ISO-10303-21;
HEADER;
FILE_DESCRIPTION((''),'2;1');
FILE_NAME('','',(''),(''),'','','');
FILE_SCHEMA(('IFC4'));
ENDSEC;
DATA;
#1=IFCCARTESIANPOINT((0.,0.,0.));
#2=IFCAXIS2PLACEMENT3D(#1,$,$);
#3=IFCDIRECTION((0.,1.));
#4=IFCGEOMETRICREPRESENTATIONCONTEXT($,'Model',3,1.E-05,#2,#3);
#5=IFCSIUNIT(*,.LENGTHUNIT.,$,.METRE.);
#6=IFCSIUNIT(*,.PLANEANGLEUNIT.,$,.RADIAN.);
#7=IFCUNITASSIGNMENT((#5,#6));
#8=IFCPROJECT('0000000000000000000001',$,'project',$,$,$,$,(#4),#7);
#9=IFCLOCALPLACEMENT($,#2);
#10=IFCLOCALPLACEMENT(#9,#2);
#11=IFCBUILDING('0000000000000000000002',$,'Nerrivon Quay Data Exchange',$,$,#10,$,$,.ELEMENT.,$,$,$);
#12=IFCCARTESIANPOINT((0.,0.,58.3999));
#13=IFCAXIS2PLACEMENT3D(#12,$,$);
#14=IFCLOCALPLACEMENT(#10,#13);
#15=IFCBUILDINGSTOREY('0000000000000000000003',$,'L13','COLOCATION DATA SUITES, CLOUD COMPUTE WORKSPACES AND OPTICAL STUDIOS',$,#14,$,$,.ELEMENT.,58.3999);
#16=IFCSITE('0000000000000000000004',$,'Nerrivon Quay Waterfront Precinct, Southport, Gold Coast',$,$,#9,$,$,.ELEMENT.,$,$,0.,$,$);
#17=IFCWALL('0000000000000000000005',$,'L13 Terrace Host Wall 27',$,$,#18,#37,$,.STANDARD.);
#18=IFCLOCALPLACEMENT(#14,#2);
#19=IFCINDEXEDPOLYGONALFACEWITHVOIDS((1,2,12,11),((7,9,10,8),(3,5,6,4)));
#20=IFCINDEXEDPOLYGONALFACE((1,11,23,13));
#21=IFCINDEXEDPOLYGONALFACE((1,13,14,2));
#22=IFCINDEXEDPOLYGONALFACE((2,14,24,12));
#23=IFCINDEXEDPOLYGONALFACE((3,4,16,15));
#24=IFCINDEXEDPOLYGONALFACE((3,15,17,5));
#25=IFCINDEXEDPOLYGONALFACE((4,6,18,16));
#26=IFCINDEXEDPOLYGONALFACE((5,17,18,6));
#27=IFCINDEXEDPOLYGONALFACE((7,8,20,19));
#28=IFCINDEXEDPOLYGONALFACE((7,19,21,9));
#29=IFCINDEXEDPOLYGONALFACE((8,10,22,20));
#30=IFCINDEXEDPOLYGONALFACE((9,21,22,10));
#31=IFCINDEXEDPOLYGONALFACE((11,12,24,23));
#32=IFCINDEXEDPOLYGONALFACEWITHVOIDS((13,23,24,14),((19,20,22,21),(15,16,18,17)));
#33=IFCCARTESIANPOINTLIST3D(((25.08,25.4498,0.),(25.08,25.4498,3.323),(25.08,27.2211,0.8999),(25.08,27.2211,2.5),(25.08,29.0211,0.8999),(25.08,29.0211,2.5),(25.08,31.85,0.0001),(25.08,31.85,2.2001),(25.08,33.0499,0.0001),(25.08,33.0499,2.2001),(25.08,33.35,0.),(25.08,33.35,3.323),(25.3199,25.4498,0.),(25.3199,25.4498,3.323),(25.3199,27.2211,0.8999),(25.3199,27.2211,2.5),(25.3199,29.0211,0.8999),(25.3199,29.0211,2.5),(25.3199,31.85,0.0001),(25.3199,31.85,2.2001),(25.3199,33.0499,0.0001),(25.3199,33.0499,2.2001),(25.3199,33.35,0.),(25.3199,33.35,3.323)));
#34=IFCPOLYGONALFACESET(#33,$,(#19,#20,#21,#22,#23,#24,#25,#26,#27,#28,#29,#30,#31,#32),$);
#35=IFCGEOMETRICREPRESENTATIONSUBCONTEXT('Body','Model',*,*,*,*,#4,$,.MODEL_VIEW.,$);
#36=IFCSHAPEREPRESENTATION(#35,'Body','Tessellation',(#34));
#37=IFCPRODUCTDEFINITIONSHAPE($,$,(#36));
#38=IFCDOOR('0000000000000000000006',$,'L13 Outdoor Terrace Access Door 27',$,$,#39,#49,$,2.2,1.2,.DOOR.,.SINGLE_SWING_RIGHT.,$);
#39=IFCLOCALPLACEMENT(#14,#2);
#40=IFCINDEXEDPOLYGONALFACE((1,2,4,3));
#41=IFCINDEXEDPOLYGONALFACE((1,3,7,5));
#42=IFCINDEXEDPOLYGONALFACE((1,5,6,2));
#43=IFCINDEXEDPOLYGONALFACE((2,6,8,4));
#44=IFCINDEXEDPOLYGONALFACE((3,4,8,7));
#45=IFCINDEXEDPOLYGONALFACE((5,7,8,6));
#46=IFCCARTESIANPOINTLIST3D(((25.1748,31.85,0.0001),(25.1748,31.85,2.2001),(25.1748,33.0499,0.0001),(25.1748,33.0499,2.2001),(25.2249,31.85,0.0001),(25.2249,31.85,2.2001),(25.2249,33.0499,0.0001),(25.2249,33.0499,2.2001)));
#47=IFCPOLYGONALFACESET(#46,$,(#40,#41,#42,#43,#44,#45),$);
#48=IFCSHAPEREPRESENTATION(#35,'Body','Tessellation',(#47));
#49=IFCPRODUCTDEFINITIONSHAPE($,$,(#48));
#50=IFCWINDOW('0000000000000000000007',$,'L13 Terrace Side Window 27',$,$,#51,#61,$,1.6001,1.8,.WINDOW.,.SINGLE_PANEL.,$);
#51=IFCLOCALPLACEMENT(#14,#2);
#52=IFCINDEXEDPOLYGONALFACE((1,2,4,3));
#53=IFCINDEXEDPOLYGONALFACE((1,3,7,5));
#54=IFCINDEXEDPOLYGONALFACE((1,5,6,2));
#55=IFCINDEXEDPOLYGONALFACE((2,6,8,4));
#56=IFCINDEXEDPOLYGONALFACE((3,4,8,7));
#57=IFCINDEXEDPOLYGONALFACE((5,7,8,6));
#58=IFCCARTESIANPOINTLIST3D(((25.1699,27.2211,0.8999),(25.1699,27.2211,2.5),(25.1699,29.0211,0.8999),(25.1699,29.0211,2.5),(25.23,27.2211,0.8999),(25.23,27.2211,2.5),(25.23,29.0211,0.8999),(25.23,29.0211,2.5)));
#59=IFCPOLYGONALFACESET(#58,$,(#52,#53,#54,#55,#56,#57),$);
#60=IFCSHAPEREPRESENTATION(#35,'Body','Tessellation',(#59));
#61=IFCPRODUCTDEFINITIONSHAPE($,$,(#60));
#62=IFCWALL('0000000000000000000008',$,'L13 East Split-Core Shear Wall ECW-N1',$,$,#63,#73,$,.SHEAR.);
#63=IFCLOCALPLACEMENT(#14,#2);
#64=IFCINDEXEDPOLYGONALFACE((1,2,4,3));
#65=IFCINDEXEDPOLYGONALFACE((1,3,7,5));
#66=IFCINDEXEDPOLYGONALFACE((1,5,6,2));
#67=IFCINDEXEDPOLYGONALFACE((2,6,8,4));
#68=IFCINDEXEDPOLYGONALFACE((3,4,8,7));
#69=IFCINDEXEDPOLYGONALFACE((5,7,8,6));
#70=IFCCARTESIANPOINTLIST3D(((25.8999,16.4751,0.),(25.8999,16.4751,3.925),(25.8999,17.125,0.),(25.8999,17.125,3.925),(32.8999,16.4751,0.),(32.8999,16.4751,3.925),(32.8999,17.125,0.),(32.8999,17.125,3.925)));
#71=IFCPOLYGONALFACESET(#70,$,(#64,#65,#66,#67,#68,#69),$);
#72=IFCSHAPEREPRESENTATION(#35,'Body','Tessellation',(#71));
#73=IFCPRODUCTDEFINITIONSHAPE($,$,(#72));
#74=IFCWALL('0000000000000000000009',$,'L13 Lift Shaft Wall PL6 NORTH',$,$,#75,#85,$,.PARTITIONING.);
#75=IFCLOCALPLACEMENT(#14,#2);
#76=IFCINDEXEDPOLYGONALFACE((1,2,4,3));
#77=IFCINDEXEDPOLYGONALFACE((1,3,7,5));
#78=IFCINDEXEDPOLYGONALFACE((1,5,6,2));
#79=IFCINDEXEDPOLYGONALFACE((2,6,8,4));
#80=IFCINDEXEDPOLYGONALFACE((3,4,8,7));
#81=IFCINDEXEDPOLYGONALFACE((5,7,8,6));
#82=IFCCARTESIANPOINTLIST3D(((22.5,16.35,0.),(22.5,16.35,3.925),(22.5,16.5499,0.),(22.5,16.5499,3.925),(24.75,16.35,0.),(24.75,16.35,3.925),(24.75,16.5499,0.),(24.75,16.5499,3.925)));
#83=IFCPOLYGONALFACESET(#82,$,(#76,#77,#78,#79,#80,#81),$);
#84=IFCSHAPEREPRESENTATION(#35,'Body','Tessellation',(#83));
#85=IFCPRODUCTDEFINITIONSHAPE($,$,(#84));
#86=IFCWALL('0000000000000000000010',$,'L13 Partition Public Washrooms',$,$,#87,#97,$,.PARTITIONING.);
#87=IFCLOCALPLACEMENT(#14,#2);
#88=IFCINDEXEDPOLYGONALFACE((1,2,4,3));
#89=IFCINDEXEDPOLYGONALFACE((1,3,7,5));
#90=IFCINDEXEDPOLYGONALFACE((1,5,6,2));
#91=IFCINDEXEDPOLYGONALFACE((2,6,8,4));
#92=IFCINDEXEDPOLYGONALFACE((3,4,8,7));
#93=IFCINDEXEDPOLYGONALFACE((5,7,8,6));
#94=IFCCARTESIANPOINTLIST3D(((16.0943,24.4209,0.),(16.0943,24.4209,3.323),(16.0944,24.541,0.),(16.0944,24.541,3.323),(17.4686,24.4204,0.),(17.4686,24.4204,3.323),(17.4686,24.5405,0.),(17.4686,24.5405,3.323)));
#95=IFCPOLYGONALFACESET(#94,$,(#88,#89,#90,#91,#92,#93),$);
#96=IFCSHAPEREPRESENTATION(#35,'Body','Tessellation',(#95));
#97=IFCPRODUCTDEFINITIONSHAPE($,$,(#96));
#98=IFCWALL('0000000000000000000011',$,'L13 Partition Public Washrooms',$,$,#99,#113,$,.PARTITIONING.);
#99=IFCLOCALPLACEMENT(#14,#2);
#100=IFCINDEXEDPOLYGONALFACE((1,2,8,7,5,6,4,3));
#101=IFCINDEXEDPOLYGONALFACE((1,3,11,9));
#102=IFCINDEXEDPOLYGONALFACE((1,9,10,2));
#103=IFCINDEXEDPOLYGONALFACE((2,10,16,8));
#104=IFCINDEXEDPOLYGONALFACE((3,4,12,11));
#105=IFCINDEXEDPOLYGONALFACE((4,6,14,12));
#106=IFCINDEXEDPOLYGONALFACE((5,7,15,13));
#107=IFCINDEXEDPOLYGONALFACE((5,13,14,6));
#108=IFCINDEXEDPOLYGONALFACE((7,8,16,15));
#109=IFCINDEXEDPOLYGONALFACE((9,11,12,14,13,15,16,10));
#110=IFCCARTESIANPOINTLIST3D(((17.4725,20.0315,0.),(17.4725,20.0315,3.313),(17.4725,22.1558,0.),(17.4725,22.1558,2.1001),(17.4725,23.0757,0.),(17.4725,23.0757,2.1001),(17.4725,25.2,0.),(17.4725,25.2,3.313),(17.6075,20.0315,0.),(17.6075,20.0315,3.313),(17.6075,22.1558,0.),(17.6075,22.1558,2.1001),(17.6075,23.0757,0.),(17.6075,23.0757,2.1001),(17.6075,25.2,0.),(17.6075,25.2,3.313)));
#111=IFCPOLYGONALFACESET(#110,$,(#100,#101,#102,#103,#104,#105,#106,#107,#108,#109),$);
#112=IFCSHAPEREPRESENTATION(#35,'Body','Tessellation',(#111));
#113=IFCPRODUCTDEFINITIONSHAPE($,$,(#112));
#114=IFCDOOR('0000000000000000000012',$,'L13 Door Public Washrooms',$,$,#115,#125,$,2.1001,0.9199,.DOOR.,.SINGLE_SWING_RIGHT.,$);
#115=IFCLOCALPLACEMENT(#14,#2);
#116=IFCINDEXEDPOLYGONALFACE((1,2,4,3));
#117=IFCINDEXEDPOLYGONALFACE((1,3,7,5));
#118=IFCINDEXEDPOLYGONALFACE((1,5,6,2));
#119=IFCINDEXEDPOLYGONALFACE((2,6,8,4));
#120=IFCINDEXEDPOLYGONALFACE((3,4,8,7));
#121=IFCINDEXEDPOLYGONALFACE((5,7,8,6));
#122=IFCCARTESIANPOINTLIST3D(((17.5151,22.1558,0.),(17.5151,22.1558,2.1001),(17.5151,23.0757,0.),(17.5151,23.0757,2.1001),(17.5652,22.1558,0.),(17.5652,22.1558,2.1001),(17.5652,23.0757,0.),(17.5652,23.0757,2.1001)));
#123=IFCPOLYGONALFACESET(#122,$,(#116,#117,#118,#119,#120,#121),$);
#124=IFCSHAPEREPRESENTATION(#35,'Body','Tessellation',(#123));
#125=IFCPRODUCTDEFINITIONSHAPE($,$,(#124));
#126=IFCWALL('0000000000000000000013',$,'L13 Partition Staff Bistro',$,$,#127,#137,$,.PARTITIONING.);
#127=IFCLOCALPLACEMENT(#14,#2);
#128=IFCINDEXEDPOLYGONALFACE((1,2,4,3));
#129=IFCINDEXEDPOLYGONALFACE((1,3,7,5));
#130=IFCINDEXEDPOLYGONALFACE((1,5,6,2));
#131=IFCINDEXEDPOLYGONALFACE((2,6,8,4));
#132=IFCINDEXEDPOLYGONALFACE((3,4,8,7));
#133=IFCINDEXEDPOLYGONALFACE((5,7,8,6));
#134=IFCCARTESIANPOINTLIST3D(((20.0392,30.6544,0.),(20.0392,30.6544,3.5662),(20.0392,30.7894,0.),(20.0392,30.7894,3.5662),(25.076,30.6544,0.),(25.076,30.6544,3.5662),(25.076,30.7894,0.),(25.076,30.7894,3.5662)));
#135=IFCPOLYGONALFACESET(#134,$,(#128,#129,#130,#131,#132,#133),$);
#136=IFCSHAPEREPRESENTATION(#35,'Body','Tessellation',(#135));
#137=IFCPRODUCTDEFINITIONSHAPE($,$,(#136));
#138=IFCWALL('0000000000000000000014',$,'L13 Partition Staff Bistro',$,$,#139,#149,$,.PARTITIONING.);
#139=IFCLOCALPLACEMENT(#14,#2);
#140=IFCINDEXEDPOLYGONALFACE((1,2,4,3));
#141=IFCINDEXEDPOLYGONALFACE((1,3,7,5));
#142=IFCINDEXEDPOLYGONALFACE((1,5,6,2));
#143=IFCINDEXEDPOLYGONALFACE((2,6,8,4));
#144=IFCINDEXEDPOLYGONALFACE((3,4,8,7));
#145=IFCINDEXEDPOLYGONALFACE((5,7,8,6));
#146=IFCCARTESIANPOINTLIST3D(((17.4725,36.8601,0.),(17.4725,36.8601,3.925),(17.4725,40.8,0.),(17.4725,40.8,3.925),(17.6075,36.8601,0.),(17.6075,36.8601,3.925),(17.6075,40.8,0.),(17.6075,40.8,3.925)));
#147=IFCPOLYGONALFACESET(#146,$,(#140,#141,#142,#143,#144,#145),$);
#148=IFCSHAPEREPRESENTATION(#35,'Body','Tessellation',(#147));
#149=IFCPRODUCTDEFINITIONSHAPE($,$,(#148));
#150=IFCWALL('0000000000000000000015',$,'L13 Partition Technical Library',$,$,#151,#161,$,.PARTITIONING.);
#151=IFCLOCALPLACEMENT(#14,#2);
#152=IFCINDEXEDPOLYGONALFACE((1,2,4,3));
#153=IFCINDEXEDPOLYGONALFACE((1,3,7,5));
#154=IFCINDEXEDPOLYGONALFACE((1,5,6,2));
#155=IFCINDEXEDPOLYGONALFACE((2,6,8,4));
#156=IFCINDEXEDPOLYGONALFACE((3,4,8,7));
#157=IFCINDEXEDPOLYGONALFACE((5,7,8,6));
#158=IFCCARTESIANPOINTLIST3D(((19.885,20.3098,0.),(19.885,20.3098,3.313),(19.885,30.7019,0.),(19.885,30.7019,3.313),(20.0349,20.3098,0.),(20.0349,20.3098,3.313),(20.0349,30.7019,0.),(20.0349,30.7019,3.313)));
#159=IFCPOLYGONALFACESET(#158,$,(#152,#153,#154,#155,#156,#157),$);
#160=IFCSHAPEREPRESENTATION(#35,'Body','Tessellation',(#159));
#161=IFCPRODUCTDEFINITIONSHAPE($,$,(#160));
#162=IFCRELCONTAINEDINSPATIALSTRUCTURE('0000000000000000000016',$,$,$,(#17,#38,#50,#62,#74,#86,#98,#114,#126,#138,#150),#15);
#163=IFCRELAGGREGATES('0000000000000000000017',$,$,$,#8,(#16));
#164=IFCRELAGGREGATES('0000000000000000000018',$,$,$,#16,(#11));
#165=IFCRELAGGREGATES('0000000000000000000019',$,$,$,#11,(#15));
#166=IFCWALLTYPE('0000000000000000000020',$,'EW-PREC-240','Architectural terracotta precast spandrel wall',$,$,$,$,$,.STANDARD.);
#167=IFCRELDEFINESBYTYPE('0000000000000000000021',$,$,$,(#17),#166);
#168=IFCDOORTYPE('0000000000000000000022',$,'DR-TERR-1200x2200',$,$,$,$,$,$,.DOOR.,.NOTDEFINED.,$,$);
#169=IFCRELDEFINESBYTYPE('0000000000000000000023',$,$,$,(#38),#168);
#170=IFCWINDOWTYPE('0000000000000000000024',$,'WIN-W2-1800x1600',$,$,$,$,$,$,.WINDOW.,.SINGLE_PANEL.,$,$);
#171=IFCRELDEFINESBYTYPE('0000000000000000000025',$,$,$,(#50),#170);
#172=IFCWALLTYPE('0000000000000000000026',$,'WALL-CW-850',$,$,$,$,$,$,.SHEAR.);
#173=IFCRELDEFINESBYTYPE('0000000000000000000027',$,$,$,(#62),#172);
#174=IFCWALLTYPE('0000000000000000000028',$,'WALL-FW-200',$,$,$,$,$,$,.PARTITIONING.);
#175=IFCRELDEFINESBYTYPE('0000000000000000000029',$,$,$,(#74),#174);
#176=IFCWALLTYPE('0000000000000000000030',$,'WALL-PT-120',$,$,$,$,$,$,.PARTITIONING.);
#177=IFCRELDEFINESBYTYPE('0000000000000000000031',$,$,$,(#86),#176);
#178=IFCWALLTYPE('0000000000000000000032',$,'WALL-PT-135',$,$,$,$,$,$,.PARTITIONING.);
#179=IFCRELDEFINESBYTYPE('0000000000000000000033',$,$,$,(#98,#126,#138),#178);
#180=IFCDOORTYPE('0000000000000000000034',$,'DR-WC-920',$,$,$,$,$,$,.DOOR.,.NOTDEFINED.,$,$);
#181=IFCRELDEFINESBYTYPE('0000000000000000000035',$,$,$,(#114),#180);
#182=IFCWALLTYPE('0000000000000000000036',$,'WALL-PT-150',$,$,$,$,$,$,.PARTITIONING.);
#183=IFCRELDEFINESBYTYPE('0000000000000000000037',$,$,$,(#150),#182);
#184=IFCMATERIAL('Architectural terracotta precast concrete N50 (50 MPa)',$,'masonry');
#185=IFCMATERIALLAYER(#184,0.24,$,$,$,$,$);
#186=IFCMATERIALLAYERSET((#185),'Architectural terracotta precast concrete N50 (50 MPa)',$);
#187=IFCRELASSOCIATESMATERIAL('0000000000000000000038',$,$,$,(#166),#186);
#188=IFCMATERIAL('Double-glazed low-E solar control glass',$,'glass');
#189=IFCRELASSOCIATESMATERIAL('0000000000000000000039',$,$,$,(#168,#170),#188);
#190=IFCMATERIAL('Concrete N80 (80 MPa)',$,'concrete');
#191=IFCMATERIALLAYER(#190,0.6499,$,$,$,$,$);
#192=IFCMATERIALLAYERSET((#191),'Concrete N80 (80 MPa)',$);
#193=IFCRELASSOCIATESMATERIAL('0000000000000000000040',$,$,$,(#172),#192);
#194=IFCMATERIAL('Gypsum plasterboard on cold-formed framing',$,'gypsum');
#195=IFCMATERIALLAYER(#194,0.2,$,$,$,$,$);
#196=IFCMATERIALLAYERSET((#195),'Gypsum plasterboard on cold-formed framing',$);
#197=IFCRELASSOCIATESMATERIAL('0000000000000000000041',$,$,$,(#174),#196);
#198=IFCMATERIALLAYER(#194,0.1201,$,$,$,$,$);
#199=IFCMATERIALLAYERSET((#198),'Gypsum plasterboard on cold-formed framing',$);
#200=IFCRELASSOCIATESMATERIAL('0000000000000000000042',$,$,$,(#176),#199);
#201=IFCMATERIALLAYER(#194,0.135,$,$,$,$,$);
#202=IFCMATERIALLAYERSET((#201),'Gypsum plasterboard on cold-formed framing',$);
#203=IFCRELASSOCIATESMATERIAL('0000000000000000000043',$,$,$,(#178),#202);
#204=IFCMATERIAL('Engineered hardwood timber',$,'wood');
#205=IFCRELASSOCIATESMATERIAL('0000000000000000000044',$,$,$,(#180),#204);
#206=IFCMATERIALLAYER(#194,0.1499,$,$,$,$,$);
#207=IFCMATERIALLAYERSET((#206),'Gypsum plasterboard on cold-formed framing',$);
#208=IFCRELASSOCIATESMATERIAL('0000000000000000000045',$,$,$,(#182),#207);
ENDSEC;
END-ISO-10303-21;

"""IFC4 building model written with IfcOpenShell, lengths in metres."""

from ifc_helpers import new_model, si_unit, direction, frame, frame_2d, origin, place, context, subcontext, project, spatial, rectangle, extrude, material, layer, layer_set, type_object, element, fill, save


model = new_model("IFC4")

# Units and contexts
model_context = context("Model", 3, precision=1e-05, world=origin(), true_north=direction((0.0, 1.0)))
body_context = subcontext(model_context, "Body", "Model", "MODEL_VIEW")
ifc_project = project(units=[si_unit("LENGTHUNIT", "METRE"), si_unit("PLANEANGLEUNIT", "RADIAN")], contexts=[model_context])

# Site, building, storey
site_placement = place(None, origin())
site = spatial("IfcSite", under=ifc_project, at=site_placement, Name="Nerrivon Quay Waterfront Precinct, Southport, Gold Coast", CompositionType="ELEMENT", RefElevation=0.0)
building_placement = place(site_placement, origin())
building = spatial("IfcBuilding", under=site, at=building_placement, Name="Nerrivon Quay Data Exchange", CompositionType="ELEMENT")
storey_placement = place(building_placement, frame((0.0, 0.0, 58.3999)))
storey = spatial("IfcBuildingStorey", under=building, at=storey_placement, Name="L13", Description="COLOCATION DATA SUITES, CLOUD COMPUTE WORKSPACES AND OPTICAL STUDIOS", CompositionType="ELEMENT", Elevation=58.3999)

# Shared definitions
ifc_material_1 = material(Name="Concrete N80 (80 MPa)", Category="concrete")

# Wall, openings, door, window
ifc_material_2 = material(Name="Architectural terracotta precast concrete N50 (50 MPa)", Category="masonry")
ifc_layer_1 = layer(ifc_material_2, 0.24)
ifc_layer_set_1 = layer_set([ifc_layer_1], Name="Architectural terracotta precast concrete N50 (50 MPa)")
wall_type_1 = type_object("IfcWallType", Name="EW-PREC-240", Description="Architectural terracotta precast spandrel wall", PredefinedType="STANDARD", material=ifc_layer_set_1)
wall_1_placement = place(storey_placement, frame((25.2, 33.3501, 0.0), z_axis=(0.0, 0.0, 1.0), x_axis=(0.0, -1.0, 0.0)))
wall_1 = element("IfcWall", 1, at=wall_1_placement, inside=storey, type_object=wall_type_1, Name="L13 Terrace Host Wall 27", PredefinedType="STANDARD", context=body_context, shape_type="SweptSolid", body=[
    extrude(rectangle(XDim=7.9001, YDim=0.24, at=frame_2d((3.9502, 0.0))), origin(), (0.0, 0.0, 1.0), 3.323),
])
opening_1_placement = place(wall_1_placement, frame((0.3, 0.0, 0.0)))
opening_1 = element("IfcOpeningElement", 2, at=opening_1_placement, cuts=wall_1, PredefinedType="OPENING", context=body_context, shape_type="SweptSolid", body=[
    extrude(rectangle(XDim=1.2, YDim=2.2, at=frame_2d((0.6001, 1.1001))), frame((0.0, 0.1299, 0.0), z_axis=(0.0, -1.0, 0.0), x_axis=(1.0, 0.0, 0.0)), (0.0, 0.0, 1.0), 0.26),
])
opening_2_placement = place(wall_1_placement, frame((4.3291, 0.0, 0.8999)))
opening_2 = element("IfcOpeningElement", 3, at=opening_2_placement, cuts=wall_1, PredefinedType="OPENING", context=body_context, shape_type="SweptSolid", body=[
    extrude(rectangle(XDim=1.8, YDim=1.6001, at=frame_2d((0.8999, 0.8))), frame((0.0, 0.1299, 0.0), z_axis=(0.0, -1.0, 0.0), x_axis=(1.0, 0.0, 0.0)), (0.0, 0.0, 1.0), 0.26),
])
ifc_material_3 = material(Name="Double-glazed low-E solar control glass", Category="glass")
door_type_1 = type_object("IfcDoorType", Name="DR-TERR-1200x2200", OperationType="NOTDEFINED", PredefinedType="DOOR", material=ifc_material_3)
door_1_placement = place(opening_1_placement, origin())
door_1 = element("IfcDoor", 4, at=door_1_placement, inside=storey, type_object=door_type_1, Name="L13 Outdoor Terrace Access Door 27", OperationType="SINGLE_SWING_RIGHT", OverallHeight=2.2, OverallWidth=1.2, PredefinedType="DOOR", context=body_context, shape_type="SweptSolid", body=[
    extrude(rectangle(XDim=1.2, YDim=2.2, at=frame_2d((0.6001, 1.1001))), frame((0.0, 0.0249, 0.0), z_axis=(0.0, -1.0, 0.0), x_axis=(1.0, 0.0, 0.0)), (0.0, 0.0, 1.0), 0.05),
])
fill(opening_1, door_1)
window_type = type_object("IfcWindowType", Name="WIN-W2-1800x1600", PartitioningType="SINGLE_PANEL", PredefinedType="WINDOW", material=ifc_material_3)
window_placement = place(opening_2_placement, origin())
window = element("IfcWindow", 5, at=window_placement, inside=storey, type_object=window_type, Name="L13 Terrace Side Window 27", OverallHeight=1.6001, OverallWidth=1.8, PartitioningType="SINGLE_PANEL", PredefinedType="WINDOW", context=body_context, shape_type="SweptSolid", body=[
    extrude(rectangle(XDim=1.8, YDim=1.6001, at=frame_2d((0.8999, 0.8))), frame((0.0, 0.03, 0.0), z_axis=(0.0, -1.0, 0.0), x_axis=(1.0, 0.0, 0.0)), (0.0, 0.0, 1.0), 0.0601),
])
fill(opening_2, window)

# Walls
ifc_layer_2 = layer(ifc_material_1, 0.6499)
ifc_layer_set_2 = layer_set([ifc_layer_2], Name="Concrete N80 (80 MPa)")
wall_type_2 = type_object("IfcWallType", Name="WALL-CW-850", PredefinedType="SHEAR", material=ifc_layer_set_2)
wall_2_placement = place(storey_placement, frame((25.8999, 16.8, 0.0), z_axis=(0.0, 0.0, 1.0), x_axis=(1.0, 0.0, 0.0)))
element("IfcWall", 6, at=wall_2_placement, inside=storey, type_object=wall_type_2, Name="L13 East Split-Core Shear Wall ECW-N1", PredefinedType="SHEAR", context=body_context, shape_type="SweptSolid", body=[
    extrude(rectangle(XDim=7.0, YDim=0.6499, at=frame_2d((3.5, 0.0))), origin(), (0.0, 0.0, 1.0), 3.925),
])
ifc_material_4 = material(Name="Gypsum plasterboard on cold-formed framing", Category="gypsum")
ifc_layer_3 = layer(ifc_material_4, 0.2)
ifc_layer_set_3 = layer_set([ifc_layer_3], Name="Gypsum plasterboard on cold-formed framing")
wall_type_3 = type_object("IfcWallType", Name="WALL-FW-200", PredefinedType="PARTITIONING", material=ifc_layer_set_3)
wall_3_placement = place(storey_placement, frame((22.5, 16.45, 0.0), z_axis=(0.0, 0.0, 1.0), x_axis=(1.0, 0.0, 0.0)))
element("IfcWall", 7, at=wall_3_placement, inside=storey, type_object=wall_type_3, Name="L13 Lift Shaft Wall PL6 NORTH", PredefinedType="PARTITIONING", context=body_context, shape_type="SweptSolid", body=[
    extrude(rectangle(XDim=2.25, YDim=0.2, at=frame_2d((1.125, 0.0))), origin(), (0.0, 0.0, 1.0), 3.925),
])
ifc_layer_4 = layer(ifc_material_4, 0.1201)
ifc_layer_set_4 = layer_set([ifc_layer_4], Name="Gypsum plasterboard on cold-formed framing")
wall_type_4 = type_object("IfcWallType", Name="WALL-PT-120", PredefinedType="PARTITIONING", material=ifc_layer_set_4)
wall_4_placement = place(storey_placement, frame((17.4685, 24.4805, 0.0), z_axis=(0.0, 0.0, 1.0), x_axis=(-1.0, 0.000355, 0.0)))
element("IfcWall", 8, at=wall_4_placement, inside=storey, type_object=wall_type_4, Name="L13 Partition Public Washrooms", PredefinedType="PARTITIONING", context=body_context, shape_type="SweptSolid", body=[
    extrude(rectangle(XDim=1.3743, YDim=0.1201, at=frame_2d((0.687, 0.0))), origin(), (0.0, 0.0, 1.0), 3.323),
])

# Wall, opening, door
ifc_layer_5 = layer(ifc_material_4, 0.135)
ifc_layer_set_5 = layer_set([ifc_layer_5], Name="Gypsum plasterboard on cold-formed framing")
wall_type_5 = type_object("IfcWallType", Name="WALL-PT-135", PredefinedType="PARTITIONING", material=ifc_layer_set_5)
wall_5_placement = place(storey_placement, frame((17.54, 20.0315, 0.0), z_axis=(0.0, 0.0, 1.0), x_axis=(0.0, 1.0, 0.0)))
wall_5 = element("IfcWall", 9, at=wall_5_placement, inside=storey, type_object=wall_type_5, Name="L13 Partition Public Washrooms", PredefinedType="PARTITIONING", context=body_context, shape_type="SweptSolid", body=[
    extrude(rectangle(XDim=5.1685, YDim=0.135, at=frame_2d((2.5842, 0.0))), origin(), (0.0, 0.0, 1.0), 3.313),
])
opening_3_placement = place(wall_5_placement, frame((2.1243, 0.0, 0.0)))
opening_3 = element("IfcOpeningElement", 10, at=opening_3_placement, cuts=wall_5, PredefinedType="OPENING", context=body_context, shape_type="SweptSolid", body=[
    extrude(rectangle(XDim=0.9199, YDim=2.1001, at=frame_2d((0.46, 1.05))), frame((0.0, 0.0774, 0.0), z_axis=(0.0, -1.0, 0.0), x_axis=(1.0, 0.0, 0.0)), (0.0, 0.0, 1.0), 0.155),
])
ifc_material_5 = material(Name="Engineered hardwood timber", Category="wood")
door_type_2 = type_object("IfcDoorType", Name="DR-WC-920", OperationType="NOTDEFINED", PredefinedType="DOOR", material=ifc_material_5)
door_2_placement = place(opening_3_placement, origin())
door_2 = element("IfcDoor", 11, at=door_2_placement, inside=storey, type_object=door_type_2, Name="L13 Door Public Washrooms", OperationType="SINGLE_SWING_RIGHT", OverallHeight=2.1001, OverallWidth=0.9199, PredefinedType="DOOR", context=body_context, shape_type="SweptSolid", body=[
    extrude(rectangle(XDim=0.9199, YDim=2.1001, at=frame_2d((0.46, 1.05))), frame((0.0, 0.0249, 0.0), z_axis=(0.0, -1.0, 0.0), x_axis=(1.0, 0.0, 0.0)), (0.0, 0.0, 1.0), 0.05),
])
fill(opening_3, door_2)

# Walls
wall_6_placement = place(storey_placement, frame((20.0391, 30.7219, 0.0), z_axis=(0.0, 0.0, 1.0), x_axis=(1.0, 0.0, 0.0)))
element("IfcWall", 12, at=wall_6_placement, inside=storey, type_object=wall_type_5, Name="L13 Partition Staff Bistro", PredefinedType="PARTITIONING", context=body_context, shape_type="SweptSolid", body=[
    extrude(rectangle(XDim=5.0369, YDim=0.135, at=frame_2d((2.5186, 0.0))), origin(), (0.0, 0.0, 1.0), 3.5662),
])
wall_7_placement = place(storey_placement, frame((17.54, 36.8601, 0.0), z_axis=(0.0, 0.0, 1.0), x_axis=(0.0, 1.0, 0.0)))
element("IfcWall", 13, at=wall_7_placement, inside=storey, type_object=wall_type_5, Name="L13 Partition Staff Bistro", PredefinedType="PARTITIONING", context=body_context, shape_type="SweptSolid", body=[
    extrude(rectangle(XDim=3.9399, YDim=0.135, at=frame_2d((1.97, 0.0))), origin(), (0.0, 0.0, 1.0), 3.925),
])
ifc_layer_6 = layer(ifc_material_4, 0.1499)
ifc_layer_set_6 = layer_set([ifc_layer_6], Name="Gypsum plasterboard on cold-formed framing")
wall_type_6 = type_object("IfcWallType", Name="WALL-PT-150", PredefinedType="PARTITIONING", material=ifc_layer_set_6)
wall_8_placement = place(storey_placement, frame((19.96, 30.7019, 0.0), z_axis=(0.0, 0.0, 1.0), x_axis=(0.0, -1.0, 0.0)))
element("IfcWall", 14, at=wall_8_placement, inside=storey, type_object=wall_type_6, Name="L13 Partition Technical Library", PredefinedType="PARTITIONING", context=body_context, shape_type="SweptSolid", body=[
    extrude(rectangle(XDim=10.3921, YDim=0.1499, at=frame_2d((5.196, 0.0))), origin(), (0.0, 0.0, 1.0), 3.313),
])

save(model, "model.ifc")
